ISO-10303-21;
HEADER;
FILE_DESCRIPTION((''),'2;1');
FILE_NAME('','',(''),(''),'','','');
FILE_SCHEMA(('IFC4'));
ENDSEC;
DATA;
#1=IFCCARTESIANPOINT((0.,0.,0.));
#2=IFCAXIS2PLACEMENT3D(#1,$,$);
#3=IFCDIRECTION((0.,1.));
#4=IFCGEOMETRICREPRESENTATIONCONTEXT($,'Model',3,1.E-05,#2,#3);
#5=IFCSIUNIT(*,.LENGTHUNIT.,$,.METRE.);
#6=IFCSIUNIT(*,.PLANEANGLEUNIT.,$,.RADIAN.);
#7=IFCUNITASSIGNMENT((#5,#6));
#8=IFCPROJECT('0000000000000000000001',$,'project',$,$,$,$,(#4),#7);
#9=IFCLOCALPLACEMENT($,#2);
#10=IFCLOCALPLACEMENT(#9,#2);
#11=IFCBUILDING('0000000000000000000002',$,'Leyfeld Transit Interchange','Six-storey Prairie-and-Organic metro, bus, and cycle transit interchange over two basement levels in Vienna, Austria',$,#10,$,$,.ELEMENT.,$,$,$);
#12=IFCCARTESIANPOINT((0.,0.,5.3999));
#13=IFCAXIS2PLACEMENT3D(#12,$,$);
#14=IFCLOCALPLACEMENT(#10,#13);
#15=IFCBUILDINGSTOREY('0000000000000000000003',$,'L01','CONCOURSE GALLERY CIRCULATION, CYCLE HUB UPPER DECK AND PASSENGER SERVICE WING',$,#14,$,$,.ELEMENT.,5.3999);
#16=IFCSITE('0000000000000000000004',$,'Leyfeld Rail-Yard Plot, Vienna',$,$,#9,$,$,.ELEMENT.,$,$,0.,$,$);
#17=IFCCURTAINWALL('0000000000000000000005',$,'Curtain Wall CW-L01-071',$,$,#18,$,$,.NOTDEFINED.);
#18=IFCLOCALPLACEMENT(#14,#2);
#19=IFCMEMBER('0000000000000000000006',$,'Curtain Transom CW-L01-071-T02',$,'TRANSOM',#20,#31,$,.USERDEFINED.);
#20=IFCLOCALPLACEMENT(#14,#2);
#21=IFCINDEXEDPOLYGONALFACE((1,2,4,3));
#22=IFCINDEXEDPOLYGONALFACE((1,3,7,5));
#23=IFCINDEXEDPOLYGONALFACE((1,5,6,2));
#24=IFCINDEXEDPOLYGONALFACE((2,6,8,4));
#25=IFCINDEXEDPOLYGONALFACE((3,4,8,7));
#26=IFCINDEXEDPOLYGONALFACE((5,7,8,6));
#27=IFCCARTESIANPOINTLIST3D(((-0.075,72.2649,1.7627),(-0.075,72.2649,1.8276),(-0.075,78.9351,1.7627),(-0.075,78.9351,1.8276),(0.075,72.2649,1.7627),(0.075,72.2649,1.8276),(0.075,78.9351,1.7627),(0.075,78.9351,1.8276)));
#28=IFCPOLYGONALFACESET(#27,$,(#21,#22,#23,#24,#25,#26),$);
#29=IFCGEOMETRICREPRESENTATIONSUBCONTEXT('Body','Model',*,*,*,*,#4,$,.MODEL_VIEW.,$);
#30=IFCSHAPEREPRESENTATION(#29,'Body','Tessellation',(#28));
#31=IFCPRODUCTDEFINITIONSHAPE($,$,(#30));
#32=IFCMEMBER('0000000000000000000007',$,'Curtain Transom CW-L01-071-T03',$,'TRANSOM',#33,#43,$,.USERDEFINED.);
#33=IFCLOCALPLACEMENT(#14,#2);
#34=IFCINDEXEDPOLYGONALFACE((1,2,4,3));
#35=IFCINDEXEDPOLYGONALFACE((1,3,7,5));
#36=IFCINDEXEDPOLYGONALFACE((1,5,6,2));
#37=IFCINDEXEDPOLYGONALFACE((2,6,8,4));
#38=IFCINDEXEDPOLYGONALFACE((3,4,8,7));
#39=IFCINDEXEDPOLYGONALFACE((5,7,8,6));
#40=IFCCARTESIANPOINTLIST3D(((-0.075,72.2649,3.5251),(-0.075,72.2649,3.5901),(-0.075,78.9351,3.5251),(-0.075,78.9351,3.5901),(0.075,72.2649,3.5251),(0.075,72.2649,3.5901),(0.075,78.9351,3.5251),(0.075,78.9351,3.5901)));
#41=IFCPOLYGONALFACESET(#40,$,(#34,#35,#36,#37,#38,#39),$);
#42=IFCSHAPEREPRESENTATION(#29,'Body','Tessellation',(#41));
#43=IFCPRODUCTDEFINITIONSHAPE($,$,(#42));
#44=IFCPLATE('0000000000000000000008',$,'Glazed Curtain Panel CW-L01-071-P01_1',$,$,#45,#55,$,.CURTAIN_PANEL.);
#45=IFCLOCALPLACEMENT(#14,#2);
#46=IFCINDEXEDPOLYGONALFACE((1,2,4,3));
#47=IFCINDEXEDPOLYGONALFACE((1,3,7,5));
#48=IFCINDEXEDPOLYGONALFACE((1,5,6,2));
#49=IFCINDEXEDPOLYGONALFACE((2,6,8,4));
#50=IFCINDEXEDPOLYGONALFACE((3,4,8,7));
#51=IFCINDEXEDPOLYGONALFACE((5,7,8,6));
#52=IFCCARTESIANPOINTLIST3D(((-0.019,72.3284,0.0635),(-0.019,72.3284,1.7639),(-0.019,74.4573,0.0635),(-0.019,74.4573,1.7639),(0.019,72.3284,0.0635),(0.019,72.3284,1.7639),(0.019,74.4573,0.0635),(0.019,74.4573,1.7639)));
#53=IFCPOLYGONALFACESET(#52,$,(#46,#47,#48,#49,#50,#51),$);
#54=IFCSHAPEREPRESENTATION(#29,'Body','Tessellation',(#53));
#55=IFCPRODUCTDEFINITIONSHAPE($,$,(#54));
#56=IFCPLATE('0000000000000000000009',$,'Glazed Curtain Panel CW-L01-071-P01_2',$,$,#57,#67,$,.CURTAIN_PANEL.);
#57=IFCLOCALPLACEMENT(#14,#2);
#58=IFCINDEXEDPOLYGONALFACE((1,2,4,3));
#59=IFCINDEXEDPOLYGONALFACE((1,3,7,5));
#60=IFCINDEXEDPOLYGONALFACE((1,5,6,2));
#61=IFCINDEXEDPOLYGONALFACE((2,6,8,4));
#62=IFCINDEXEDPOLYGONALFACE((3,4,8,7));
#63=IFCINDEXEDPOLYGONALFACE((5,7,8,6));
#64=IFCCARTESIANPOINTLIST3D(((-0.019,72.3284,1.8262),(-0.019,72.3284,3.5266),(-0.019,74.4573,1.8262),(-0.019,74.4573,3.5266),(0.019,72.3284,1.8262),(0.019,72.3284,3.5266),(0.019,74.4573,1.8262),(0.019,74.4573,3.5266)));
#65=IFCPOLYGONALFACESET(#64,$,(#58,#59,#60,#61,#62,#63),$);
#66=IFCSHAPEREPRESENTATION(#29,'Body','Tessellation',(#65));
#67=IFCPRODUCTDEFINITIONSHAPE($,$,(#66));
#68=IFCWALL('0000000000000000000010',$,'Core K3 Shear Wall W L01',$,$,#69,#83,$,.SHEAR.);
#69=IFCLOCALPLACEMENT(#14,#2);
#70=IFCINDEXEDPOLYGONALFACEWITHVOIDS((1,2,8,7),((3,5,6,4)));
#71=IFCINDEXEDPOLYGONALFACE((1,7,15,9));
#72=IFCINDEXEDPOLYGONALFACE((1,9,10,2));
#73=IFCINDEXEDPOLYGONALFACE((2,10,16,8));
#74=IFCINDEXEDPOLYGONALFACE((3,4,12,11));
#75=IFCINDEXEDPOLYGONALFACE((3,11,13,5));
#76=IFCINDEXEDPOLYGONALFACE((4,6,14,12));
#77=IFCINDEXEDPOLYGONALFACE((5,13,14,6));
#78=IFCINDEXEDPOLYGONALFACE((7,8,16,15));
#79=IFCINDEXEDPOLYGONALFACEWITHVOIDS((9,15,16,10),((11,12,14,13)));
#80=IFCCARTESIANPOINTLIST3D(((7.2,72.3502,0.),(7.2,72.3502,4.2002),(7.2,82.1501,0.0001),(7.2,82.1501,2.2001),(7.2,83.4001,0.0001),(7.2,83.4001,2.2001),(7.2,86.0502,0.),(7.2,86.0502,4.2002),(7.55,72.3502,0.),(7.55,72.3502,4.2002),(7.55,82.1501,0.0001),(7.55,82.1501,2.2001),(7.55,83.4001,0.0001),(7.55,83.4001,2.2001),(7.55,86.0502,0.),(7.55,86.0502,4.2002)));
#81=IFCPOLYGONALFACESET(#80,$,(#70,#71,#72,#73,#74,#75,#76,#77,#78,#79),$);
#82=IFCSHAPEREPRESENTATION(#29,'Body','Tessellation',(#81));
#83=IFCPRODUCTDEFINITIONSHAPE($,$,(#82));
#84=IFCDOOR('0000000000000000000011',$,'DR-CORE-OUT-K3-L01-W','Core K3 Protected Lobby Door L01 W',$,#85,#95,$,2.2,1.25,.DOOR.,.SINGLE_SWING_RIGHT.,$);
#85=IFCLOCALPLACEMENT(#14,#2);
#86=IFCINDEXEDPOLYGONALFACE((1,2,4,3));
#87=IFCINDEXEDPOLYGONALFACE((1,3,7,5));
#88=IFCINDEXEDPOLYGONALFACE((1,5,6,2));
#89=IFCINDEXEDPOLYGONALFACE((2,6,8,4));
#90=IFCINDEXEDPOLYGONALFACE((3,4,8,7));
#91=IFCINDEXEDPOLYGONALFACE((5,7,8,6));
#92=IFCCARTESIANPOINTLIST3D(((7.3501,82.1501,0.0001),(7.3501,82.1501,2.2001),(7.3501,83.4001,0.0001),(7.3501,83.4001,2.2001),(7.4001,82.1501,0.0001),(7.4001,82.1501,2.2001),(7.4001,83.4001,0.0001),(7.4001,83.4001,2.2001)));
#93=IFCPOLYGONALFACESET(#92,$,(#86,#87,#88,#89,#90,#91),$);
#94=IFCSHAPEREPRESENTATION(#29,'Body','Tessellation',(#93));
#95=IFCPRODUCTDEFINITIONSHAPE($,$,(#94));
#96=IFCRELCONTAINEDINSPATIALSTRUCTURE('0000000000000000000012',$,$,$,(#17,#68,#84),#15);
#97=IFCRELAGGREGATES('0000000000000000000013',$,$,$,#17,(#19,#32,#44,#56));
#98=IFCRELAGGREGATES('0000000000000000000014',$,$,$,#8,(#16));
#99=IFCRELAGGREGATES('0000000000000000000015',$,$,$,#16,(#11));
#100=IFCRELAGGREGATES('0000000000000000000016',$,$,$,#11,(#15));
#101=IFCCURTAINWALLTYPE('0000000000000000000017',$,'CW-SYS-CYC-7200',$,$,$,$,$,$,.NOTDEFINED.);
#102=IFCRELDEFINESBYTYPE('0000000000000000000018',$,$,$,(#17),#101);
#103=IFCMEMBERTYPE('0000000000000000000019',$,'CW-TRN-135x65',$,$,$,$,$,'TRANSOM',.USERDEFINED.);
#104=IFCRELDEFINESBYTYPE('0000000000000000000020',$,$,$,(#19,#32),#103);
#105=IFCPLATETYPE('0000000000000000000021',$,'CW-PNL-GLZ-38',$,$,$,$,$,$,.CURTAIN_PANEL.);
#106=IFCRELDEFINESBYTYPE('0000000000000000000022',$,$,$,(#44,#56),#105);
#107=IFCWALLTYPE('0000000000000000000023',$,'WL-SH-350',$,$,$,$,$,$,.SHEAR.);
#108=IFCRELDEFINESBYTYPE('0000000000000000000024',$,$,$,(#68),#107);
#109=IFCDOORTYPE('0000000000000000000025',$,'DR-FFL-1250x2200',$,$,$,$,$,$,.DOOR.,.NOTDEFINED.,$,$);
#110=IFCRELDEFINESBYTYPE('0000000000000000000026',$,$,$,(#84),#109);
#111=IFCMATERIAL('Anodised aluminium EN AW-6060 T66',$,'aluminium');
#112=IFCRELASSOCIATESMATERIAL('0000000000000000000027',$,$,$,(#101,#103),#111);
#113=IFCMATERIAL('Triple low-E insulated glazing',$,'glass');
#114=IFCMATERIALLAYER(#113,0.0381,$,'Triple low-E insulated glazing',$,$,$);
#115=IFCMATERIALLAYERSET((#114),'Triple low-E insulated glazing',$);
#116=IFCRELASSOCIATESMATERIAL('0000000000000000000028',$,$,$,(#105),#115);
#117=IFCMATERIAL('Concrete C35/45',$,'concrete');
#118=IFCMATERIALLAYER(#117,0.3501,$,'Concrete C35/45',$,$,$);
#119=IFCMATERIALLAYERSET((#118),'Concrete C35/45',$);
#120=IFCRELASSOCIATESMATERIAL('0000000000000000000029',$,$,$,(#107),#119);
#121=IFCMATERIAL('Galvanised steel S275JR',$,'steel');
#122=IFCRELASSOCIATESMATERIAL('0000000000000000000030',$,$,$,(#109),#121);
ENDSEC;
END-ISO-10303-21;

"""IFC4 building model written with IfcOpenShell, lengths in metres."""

from ifc_helpers import new_model, si_unit, direction, frame, frame_2d, origin, origin_2d, place, context, subcontext, project, spatial, rectangle, extrude, material, layer, layer_set, material_profile, profile_set, type_object, element, fill, aggregate, save


model = new_model("IFC4")

# Units and contexts
model_context = context("Model", 3, precision=1e-05, world=origin(), true_north=direction((0.0, 1.0)))
body_context = subcontext(model_context, "Body", "Model", "MODEL_VIEW")
ifc_project = project(units=[si_unit("LENGTHUNIT", "METRE"), si_unit("PLANEANGLEUNIT", "RADIAN")], contexts=[model_context])

# Site, building, storey
site_placement = place(None, origin())
site = spatial("IfcSite", under=ifc_project, at=site_placement, Name="Leyfeld Rail-Yard Plot, Vienna", CompositionType="ELEMENT", RefElevation=0.0)
building_placement = place(site_placement, origin())
building = spatial("IfcBuilding", under=site, at=building_placement, Name="Leyfeld Transit Interchange", Description="Six-storey Prairie-and-Organic metro, bus, and cycle transit interchange over two basement levels in Vienna, Austria", CompositionType="ELEMENT")
storey_placement = place(building_placement, frame((0.0, 0.0, 5.3999)))
storey = spatial("IfcBuildingStorey", under=building, at=storey_placement, Name="L01", Description="CONCOURSE GALLERY CIRCULATION, CYCLE HUB UPPER DECK AND PASSENGER SERVICE WING", CompositionType="ELEMENT", Elevation=5.3999)

# Shared definitions
ifc_material_1 = material(Name="Concrete C35/45", Category="concrete")

# Curtain wall, members, plates
ifc_material_2 = material(Name="Anodised aluminium EN AW-6060 T66", Category="aluminium")
curtain_wall_type = type_object("IfcCurtainWallType", Name="CW-SYS-CYC-7200", PredefinedType="NOTDEFINED", material=ifc_material_2)
curtain_wall_placement = place(storey_placement, origin())
curtain_wall = element("IfcCurtainWall", 1, at=curtain_wall_placement, inside=storey, type_object=curtain_wall_type, Name="Curtain Wall CW-L01-071", PredefinedType="NOTDEFINED")
ifc_material_profile_1 = material_profile(ifc_material_2, rectangle(XDim=0.1499, YDim=0.0649, at=origin_2d()), Name="CW-TRN-135x65")
ifc_profile_set_1 = profile_set([ifc_material_profile_1], Name="Anodised aluminium EN AW-6060 T66")
member_type_1 = type_object("IfcMemberType", Name="CW-TRN-135x65", ElementType="TRANSOM", PredefinedType="USERDEFINED", material=ifc_profile_set_1)
member_1_placement = place(storey_placement, frame((0.0, 72.2649, 1.7952), z_axis=(0.0, 1.0, 0.0), x_axis=(-1.0, 0.0, 0.0)))
member_1 = element("IfcMember", 2, at=member_1_placement, type_object=member_type_1, Name="Curtain Transom CW-L01-071-T02", ObjectType="TRANSOM", PredefinedType="USERDEFINED", context=body_context, shape_type="SweptSolid", body=[
    extrude(rectangle(XDim=0.1499, YDim=0.0649, at=origin_2d()), origin(), (0.0, 0.0, 1.0), 6.6702),
])
member_2_placement = place(storey_placement, frame((0.0, 72.2649, 3.5576), z_axis=(0.0, 1.0, 0.0), x_axis=(-1.0, 0.0, 0.0)))
member_2 = element("IfcMember", 3, at=member_2_placement, type_object=member_type_1, Name="Curtain Transom CW-L01-071-T03", ObjectType="TRANSOM", PredefinedType="USERDEFINED", context=body_context, shape_type="SweptSolid", body=[
    extrude(rectangle(XDim=0.1499, YDim=0.0649, at=origin_2d()), origin(), (0.0, 0.0, 1.0), 6.6702),
])
ifc_material_3 = material(Name="Triple low-E insulated glazing", Category="glass")
ifc_layer_1 = layer(ifc_material_3, 0.0381, Name="Triple low-E insulated glazing")
ifc_layer_set_1 = layer_set([ifc_layer_1], Name="Triple low-E insulated glazing")
plate_type = type_object("IfcPlateType", Name="CW-PNL-GLZ-38", PredefinedType="CURTAIN_PANEL", material=ifc_layer_set_1)
plate_1_placement = place(storey_placement, frame((0.0, 73.3928, 0.0635), z_axis=(0.0, 0.0, 1.0), x_axis=(0.0, 1.0, 0.0)))
plate_1 = element("IfcPlate", 4, at=plate_1_placement, type_object=plate_type, Name="Glazed Curtain Panel CW-L01-071-P01_1", PredefinedType="CURTAIN_PANEL", context=body_context, shape_type="SweptSolid", body=[
    extrude(rectangle(XDim=2.1289, YDim=0.0381, at=origin_2d()), origin(), (0.0, 0.0, 1.0), 1.7004),
])
plate_2_placement = place(storey_placement, frame((0.0, 73.3928, 1.8262), z_axis=(0.0, 0.0, 1.0), x_axis=(0.0, 1.0, 0.0)))
plate_2 = element("IfcPlate", 5, at=plate_2_placement, type_object=plate_type, Name="Glazed Curtain Panel CW-L01-071-P01_2", PredefinedType="CURTAIN_PANEL", context=body_context, shape_type="SweptSolid", body=[
    extrude(rectangle(XDim=2.1289, YDim=0.0381, at=origin_2d()), origin(), (0.0, 0.0, 1.0), 1.7004),
])
aggregate(curtain_wall, [member_1, member_2, plate_1, plate_2])

# Wall, opening, door
ifc_layer_2 = layer(ifc_material_1, 0.3501, Name="Concrete C35/45")
ifc_layer_set_2 = layer_set([ifc_layer_2], Name="Concrete C35/45")
wall_type = type_object("IfcWallType", Name="WL-SH-350", PredefinedType="SHEAR", material=ifc_layer_set_2)
wall_placement = place(storey_placement, frame((7.375, 72.3501, 0.0), z_axis=(0.0, 0.0, 1.0), x_axis=(0.0, 1.0, 0.0)))
wall = element("IfcWall", 6, at=wall_placement, inside=storey, type_object=wall_type, Name="Core K3 Shear Wall W L01", PredefinedType="SHEAR", context=body_context, shape_type="SweptSolid", body=[
    extrude(rectangle(XDim=13.7, YDim=0.3501, at=frame_2d((6.8501, 0.0))), origin(), (0.0, 0.0, 1.0), 4.2002),
])
opening_placement = place(wall_placement, frame((9.8, 0.0, 0.0)))
opening = element("IfcOpeningElement", 7, at=opening_placement, cuts=wall, PredefinedType="OPENING", context=body_context, shape_type="SweptSolid", body=[
    extrude(rectangle(XDim=1.25, YDim=2.2, at=frame_2d((0.625, 1.1001))), frame((0.0, 0.1851, 0.0), z_axis=(0.0, -1.0, 0.0), x_axis=(1.0, 0.0, 0.0)), (0.0, 0.0, 1.0), 0.3701),
])
ifc_material_4 = material(Name="Galvanised steel S275JR", Category="steel")
door_type = type_object("IfcDoorType", Name="DR-FFL-1250x2200", OperationType="NOTDEFINED", PredefinedType="DOOR", material=ifc_material_4)
door_placement = place(opening_placement, origin())
door = element("IfcDoor", 8, at=door_placement, inside=storey, type_object=door_type, Name="DR-CORE-OUT-K3-L01-W", Description="Core K3 Protected Lobby Door L01 W", OperationType="SINGLE_SWING_RIGHT", OverallHeight=2.2, OverallWidth=1.25, PredefinedType="DOOR", context=body_context, shape_type="SweptSolid", body=[
    extrude(rectangle(XDim=1.25, YDim=2.2, at=frame_2d((0.625, 1.1001))), frame((0.0, 0.0249, 0.0), z_axis=(0.0, -1.0, 0.0), x_axis=(1.0, 0.0, 0.0)), (0.0, 0.0, 1.0), 0.05),
])
fill(opening, door)

save(model, "model.ifc")
